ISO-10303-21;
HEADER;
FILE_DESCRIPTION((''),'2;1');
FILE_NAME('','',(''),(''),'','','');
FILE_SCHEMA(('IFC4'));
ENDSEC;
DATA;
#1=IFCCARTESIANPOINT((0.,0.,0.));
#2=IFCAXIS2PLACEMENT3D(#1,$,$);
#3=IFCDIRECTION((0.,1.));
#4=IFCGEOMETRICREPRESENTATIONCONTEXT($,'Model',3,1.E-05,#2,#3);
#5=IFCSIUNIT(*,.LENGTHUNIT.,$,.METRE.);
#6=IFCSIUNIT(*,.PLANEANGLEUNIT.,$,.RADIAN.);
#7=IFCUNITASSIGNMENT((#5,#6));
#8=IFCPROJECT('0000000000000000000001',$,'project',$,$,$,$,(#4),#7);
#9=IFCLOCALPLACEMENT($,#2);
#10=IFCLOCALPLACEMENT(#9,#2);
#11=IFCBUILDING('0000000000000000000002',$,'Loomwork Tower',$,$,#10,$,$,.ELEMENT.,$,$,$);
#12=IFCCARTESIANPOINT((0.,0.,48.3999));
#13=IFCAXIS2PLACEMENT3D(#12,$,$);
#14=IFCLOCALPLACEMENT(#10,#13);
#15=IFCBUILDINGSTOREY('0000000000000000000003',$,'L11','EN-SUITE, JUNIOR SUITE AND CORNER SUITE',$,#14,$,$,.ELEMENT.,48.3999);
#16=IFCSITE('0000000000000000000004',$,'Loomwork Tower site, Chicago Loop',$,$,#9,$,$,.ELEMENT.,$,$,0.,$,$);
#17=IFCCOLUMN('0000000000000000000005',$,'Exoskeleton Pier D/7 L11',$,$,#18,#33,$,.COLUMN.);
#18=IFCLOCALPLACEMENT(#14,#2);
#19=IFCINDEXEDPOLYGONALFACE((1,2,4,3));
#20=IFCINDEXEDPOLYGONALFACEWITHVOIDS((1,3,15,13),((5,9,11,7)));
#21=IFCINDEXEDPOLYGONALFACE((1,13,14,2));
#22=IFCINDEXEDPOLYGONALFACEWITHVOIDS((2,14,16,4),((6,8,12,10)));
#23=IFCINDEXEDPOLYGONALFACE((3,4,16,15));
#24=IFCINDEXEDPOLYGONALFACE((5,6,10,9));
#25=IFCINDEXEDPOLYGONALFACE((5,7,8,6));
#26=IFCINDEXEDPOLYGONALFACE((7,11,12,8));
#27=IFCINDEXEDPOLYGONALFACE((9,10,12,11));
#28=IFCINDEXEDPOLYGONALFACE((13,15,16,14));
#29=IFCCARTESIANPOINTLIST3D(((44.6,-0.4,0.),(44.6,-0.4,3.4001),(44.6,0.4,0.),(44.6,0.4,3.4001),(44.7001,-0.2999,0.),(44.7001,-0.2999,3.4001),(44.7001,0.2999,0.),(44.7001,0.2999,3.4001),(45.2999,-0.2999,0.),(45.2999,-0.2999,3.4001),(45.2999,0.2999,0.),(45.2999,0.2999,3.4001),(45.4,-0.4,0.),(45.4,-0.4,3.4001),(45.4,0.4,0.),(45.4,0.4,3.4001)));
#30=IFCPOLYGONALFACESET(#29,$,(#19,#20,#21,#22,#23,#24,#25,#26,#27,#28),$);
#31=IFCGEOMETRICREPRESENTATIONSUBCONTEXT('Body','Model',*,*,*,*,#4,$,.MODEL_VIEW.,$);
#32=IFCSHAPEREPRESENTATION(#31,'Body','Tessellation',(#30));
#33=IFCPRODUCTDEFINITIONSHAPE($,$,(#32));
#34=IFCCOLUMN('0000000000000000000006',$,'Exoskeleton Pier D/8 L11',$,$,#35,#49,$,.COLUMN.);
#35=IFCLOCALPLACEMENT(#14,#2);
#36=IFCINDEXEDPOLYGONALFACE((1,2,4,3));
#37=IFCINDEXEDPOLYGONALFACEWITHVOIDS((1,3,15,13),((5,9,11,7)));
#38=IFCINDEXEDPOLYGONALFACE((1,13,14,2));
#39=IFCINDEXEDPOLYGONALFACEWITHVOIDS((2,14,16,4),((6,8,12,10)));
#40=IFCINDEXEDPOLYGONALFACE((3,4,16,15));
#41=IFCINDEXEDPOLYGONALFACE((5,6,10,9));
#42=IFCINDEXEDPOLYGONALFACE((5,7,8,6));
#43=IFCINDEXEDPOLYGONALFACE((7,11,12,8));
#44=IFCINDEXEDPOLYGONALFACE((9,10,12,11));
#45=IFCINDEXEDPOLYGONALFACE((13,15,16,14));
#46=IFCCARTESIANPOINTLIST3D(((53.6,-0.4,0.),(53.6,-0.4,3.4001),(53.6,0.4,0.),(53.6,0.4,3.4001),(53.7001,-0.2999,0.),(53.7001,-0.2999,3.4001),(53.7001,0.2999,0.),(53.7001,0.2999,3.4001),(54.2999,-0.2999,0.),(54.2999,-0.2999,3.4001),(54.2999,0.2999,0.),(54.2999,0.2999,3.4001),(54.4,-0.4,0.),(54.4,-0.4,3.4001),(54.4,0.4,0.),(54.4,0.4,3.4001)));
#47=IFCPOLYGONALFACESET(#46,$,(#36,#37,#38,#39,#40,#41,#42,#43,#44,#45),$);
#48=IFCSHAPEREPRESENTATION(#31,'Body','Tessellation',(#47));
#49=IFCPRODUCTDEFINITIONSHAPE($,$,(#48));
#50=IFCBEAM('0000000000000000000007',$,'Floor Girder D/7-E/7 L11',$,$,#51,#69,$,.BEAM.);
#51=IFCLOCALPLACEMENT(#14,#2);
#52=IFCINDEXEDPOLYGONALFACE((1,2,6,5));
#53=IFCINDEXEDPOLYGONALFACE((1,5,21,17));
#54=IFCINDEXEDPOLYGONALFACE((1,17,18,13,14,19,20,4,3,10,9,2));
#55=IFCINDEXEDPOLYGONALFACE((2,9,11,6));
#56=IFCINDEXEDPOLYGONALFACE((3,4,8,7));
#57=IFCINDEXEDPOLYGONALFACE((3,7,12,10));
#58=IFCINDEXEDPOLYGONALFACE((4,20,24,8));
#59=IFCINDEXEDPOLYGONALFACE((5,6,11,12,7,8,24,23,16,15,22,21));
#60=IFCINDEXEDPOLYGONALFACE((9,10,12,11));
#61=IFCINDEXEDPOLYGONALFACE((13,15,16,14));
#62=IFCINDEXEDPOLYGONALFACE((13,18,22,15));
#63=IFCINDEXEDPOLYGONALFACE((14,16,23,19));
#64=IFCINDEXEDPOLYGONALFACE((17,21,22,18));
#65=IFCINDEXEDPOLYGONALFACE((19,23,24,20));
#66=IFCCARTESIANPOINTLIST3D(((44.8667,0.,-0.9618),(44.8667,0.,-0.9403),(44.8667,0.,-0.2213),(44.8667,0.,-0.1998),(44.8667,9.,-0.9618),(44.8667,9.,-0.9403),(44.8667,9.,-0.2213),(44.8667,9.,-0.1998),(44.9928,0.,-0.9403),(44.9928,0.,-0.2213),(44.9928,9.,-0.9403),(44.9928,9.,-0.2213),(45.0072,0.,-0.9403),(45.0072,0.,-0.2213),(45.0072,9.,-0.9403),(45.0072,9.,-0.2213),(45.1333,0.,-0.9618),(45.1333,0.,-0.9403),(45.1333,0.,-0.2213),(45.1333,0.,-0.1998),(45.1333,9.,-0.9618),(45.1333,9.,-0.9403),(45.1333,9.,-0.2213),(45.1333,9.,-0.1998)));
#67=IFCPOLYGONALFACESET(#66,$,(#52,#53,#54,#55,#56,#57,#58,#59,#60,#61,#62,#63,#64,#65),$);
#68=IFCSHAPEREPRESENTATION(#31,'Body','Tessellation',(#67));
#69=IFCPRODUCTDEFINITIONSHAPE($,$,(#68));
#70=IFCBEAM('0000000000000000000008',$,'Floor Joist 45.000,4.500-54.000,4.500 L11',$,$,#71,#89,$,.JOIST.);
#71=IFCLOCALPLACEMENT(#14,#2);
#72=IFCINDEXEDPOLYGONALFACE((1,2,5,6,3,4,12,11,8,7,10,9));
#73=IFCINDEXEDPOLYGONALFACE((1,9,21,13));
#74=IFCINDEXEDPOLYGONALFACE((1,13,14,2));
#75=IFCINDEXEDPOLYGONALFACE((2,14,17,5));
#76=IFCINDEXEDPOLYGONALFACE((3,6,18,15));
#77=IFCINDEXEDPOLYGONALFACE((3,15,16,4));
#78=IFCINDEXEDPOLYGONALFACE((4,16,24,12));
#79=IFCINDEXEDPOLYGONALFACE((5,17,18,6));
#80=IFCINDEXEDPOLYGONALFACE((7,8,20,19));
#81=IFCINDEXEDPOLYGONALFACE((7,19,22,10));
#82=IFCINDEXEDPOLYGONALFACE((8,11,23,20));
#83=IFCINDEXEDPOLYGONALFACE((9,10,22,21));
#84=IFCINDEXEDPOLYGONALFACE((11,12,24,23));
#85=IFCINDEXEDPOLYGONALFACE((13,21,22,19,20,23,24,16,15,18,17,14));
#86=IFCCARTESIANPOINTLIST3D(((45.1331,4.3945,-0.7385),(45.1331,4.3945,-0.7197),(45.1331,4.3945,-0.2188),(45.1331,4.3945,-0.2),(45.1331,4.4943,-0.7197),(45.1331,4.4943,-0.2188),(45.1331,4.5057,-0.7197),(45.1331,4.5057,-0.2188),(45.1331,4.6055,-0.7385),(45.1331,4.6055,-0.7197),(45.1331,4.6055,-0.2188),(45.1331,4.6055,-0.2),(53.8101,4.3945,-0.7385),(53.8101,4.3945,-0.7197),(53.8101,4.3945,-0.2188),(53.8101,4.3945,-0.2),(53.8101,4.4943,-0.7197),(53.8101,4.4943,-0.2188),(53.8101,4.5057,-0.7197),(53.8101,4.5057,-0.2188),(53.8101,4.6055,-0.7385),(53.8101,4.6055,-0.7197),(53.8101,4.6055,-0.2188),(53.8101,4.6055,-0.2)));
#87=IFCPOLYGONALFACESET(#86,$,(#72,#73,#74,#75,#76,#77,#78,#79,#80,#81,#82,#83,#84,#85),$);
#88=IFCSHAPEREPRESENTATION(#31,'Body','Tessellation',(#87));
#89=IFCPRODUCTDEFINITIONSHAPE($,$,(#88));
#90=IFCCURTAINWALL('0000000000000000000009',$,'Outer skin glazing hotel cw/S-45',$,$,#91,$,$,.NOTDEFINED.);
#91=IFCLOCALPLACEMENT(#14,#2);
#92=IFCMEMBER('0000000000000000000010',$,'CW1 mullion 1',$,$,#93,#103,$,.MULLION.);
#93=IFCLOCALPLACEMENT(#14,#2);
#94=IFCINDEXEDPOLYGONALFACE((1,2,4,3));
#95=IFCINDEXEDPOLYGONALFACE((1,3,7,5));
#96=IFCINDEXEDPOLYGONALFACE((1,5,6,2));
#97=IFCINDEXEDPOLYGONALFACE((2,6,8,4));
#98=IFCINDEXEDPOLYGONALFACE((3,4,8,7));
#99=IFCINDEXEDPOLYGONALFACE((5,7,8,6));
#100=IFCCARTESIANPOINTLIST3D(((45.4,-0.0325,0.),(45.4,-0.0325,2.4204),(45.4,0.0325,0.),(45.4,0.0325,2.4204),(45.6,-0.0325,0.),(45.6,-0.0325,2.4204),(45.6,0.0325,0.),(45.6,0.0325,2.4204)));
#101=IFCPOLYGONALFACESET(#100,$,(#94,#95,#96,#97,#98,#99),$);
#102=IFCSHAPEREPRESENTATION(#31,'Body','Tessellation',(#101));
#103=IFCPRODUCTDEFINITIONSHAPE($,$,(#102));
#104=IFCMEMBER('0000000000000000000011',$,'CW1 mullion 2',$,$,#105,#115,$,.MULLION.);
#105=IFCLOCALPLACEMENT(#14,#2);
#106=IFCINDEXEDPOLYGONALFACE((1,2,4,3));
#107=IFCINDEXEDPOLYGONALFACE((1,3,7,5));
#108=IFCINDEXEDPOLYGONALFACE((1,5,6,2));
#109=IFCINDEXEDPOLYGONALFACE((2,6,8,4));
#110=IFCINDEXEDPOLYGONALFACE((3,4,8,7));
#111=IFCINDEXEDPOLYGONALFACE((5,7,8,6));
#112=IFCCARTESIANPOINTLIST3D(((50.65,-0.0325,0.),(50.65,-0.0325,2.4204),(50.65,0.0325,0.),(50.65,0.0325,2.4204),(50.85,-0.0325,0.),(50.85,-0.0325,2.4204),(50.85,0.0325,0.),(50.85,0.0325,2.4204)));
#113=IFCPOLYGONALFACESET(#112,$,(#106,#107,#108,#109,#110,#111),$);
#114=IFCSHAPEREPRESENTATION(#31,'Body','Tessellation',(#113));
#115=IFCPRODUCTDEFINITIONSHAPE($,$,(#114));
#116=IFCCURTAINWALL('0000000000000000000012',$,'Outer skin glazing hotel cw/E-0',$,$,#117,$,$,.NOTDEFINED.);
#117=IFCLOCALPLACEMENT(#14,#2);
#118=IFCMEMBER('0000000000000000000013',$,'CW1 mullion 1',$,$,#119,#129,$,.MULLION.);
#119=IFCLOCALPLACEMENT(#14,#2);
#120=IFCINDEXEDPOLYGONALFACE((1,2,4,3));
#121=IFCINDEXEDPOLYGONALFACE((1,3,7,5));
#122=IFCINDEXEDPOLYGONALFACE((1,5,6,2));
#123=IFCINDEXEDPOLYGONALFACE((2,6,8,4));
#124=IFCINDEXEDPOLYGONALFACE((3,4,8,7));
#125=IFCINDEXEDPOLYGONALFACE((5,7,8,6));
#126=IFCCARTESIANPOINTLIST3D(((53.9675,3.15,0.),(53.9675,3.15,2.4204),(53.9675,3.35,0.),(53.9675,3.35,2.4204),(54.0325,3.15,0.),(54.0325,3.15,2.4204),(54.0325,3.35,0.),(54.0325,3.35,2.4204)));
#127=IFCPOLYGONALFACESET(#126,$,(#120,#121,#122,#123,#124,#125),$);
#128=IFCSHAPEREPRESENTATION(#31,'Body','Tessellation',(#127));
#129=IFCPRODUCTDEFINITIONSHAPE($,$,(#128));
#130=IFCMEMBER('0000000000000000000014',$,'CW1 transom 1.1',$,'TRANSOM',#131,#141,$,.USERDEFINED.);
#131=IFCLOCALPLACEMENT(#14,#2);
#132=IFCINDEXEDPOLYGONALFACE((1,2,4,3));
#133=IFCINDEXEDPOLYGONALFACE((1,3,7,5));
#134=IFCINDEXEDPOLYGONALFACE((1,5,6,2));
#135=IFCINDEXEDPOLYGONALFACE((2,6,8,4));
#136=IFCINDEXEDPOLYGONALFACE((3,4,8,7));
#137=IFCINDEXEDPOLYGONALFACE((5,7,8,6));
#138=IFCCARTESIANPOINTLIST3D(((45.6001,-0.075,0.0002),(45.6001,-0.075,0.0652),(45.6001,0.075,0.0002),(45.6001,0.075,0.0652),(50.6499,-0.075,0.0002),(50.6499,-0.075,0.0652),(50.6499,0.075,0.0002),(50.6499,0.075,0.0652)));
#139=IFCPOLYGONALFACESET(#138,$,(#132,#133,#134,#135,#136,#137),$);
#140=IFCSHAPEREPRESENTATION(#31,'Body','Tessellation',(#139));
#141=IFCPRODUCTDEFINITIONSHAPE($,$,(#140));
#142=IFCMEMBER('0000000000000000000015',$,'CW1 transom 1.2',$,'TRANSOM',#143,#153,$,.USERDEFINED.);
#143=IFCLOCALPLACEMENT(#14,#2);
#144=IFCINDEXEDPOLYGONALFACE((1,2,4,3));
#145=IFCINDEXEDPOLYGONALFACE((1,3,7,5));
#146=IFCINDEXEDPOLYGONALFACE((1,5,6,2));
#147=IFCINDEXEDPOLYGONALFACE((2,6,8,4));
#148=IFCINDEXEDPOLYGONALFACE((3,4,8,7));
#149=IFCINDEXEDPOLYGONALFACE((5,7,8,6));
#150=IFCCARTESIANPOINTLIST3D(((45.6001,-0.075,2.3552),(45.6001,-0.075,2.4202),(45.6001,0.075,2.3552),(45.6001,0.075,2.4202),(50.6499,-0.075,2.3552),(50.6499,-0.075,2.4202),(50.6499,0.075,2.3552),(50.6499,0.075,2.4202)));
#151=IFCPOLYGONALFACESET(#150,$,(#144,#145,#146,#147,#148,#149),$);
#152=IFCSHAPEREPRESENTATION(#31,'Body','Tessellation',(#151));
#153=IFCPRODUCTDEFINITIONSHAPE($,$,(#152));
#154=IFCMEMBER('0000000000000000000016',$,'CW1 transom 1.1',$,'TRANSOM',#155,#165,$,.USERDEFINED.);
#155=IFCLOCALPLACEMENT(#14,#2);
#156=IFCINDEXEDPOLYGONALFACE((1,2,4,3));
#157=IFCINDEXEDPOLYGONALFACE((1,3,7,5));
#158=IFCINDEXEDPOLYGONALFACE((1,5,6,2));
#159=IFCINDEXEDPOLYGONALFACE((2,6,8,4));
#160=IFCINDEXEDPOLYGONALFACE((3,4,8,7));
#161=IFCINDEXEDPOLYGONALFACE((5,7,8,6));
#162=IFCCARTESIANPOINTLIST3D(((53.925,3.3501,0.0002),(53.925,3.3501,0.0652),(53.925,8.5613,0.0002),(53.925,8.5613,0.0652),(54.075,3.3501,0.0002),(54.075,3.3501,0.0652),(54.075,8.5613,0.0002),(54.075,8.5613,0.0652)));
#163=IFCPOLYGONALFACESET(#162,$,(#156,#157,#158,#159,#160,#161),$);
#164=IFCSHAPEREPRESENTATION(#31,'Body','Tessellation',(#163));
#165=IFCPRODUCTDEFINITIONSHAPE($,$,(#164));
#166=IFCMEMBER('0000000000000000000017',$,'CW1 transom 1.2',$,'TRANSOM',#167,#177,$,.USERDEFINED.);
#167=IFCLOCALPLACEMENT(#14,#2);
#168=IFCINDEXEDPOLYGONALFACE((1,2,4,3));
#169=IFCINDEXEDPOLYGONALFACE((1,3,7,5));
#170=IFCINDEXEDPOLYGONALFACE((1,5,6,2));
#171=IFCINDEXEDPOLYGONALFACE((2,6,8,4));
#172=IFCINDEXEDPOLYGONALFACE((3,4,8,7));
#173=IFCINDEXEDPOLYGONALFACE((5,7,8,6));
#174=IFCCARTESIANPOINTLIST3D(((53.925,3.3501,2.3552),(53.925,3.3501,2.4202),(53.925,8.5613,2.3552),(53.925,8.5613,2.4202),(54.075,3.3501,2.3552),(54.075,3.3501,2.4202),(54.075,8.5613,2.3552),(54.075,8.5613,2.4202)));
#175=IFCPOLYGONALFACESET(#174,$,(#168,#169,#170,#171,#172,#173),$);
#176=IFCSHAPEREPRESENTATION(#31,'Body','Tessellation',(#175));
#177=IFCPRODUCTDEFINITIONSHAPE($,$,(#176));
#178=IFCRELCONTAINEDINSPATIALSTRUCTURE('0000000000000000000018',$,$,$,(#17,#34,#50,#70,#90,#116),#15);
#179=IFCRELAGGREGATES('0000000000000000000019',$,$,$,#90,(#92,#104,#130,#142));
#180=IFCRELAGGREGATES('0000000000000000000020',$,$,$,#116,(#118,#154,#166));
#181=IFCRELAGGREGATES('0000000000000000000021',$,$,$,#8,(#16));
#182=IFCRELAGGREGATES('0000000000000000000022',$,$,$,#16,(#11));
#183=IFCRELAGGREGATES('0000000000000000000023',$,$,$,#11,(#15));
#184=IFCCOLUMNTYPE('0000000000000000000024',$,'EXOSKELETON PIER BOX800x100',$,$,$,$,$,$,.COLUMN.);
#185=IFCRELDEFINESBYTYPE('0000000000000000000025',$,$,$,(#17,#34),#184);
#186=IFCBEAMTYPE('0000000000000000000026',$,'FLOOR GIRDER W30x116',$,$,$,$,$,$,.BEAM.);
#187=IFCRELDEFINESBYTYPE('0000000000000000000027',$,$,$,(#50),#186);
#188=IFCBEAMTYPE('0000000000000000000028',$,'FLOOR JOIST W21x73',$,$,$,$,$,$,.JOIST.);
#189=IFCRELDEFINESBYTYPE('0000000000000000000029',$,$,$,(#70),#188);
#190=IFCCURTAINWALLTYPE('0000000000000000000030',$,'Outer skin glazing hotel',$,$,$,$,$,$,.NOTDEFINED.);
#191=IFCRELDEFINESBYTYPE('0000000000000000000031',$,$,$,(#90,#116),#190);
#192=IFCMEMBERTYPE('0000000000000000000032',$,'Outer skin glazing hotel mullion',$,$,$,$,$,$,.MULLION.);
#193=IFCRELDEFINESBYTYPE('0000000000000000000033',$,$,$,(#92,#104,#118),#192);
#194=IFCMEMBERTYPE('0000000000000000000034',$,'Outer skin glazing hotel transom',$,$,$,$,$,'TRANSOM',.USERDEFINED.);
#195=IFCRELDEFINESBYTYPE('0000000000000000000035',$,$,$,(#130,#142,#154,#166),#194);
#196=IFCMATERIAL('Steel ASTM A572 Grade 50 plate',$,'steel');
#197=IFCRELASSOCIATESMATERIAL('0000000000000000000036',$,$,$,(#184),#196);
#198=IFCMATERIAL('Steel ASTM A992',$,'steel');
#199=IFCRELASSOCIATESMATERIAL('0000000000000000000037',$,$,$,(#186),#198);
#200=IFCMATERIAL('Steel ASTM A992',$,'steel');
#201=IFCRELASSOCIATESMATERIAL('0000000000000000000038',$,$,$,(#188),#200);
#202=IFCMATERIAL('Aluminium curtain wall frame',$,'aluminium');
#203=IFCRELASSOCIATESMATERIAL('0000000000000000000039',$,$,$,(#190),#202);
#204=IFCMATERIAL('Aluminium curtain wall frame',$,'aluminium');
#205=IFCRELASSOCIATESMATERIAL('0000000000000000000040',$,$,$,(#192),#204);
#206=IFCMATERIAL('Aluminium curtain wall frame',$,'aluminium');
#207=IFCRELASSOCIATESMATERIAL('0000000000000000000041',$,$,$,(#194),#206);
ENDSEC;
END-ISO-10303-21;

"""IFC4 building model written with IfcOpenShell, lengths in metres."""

from ifc_helpers import new_model, si_unit, direction, frame, origin, origin_2d, place, context, subcontext, project, spatial, rectangle, hollow_rectangle, i_section, extrude, material, material_profile, profile_set, type_object, element, aggregate, save


model = new_model("IFC4")

# Units and contexts
model_context = context("Model", 3, precision=1e-05, world=origin(), true_north=direction((0.0, 1.0)))
body_context = subcontext(model_context, "Body", "Model", "MODEL_VIEW")
ifc_project = project(units=[si_unit("LENGTHUNIT", "METRE"), si_unit("PLANEANGLEUNIT", "RADIAN")], contexts=[model_context])

# Site, building, storey
site_placement = place(None, origin())
site = spatial("IfcSite", under=ifc_project, at=site_placement, Name="Loomwork Tower site, Chicago Loop", CompositionType="ELEMENT", RefElevation=0.0)
building_placement = place(site_placement, origin())
building = spatial("IfcBuilding", under=site, at=building_placement, Name="Loomwork Tower", CompositionType="ELEMENT")
storey_placement = place(building_placement, frame((0.0, 0.0, 48.3999)))
storey = spatial("IfcBuildingStorey", under=building, at=storey_placement, Name="L11", Description="EN-SUITE, JUNIOR SUITE AND CORNER SUITE", CompositionType="ELEMENT", Elevation=48.3999)

# Columns
ifc_material_1 = material(Name="Steel ASTM A572 Grade 50 plate", Category="steel")
ifc_material_profile_1 = material_profile(ifc_material_1, hollow_rectangle(XDim=0.8, YDim=0.8, WallThickness=0.1001, at=origin_2d()), Name="BOX800x100")
ifc_profile_set_1 = profile_set([ifc_material_profile_1], Name="Steel ASTM A572 Grade 50 plate")
column_type = type_object("IfcColumnType", Name="EXOSKELETON PIER BOX800x100", PredefinedType="COLUMN", material=ifc_profile_set_1)
for number, where, z_axis, x_axis, name in (
    (1, (45.0, 0.0, 0.0), (0.0, 0.0, 1.0), (1.0, 0.0, 0.0), "Exoskeleton Pier D/7 L11"),
    (2, (54.0, 0.0, 0.0), (0.0, 0.0, 1.0), (1.0, 0.0, 0.0), "Exoskeleton Pier D/8 L11"),
):
    element("IfcColumn", number, at=place(storey_placement, frame(where, z_axis=z_axis, x_axis=x_axis)), inside=storey, type_object=column_type, Name=name, PredefinedType="COLUMN", context=body_context, shape_type="SweptSolid", body=[
        extrude(hollow_rectangle(XDim=0.8, YDim=0.8, WallThickness=0.1001, at=origin_2d()), origin(), (0.0, 0.0, 1.0), 3.4001),
    ])

# Beams
ifc_material_2 = material(Name="Steel ASTM A992", Category="steel")
ifc_material_profile_2 = material_profile(ifc_material_2, i_section(OverallWidth=0.2666, OverallDepth=0.762, WebThickness=0.0144, FlangeThickness=0.0215, at=origin_2d()), Name="W30x116")
ifc_profile_set_2 = profile_set([ifc_material_profile_2], Name="Steel ASTM A992")
beam_type_1 = type_object("IfcBeamType", Name="FLOOR GIRDER W30x116", PredefinedType="BEAM", material=ifc_profile_set_2)
beam_1_placement = place(storey_placement, frame((45.0, 0.0, -0.5808), z_axis=(0.0, 1.0, 0.0), x_axis=(-1.0, 0.0, 0.0)))
element("IfcBeam", 3, at=beam_1_placement, inside=storey, type_object=beam_type_1, Name="Floor Girder D/7-E/7 L11", PredefinedType="BEAM", context=body_context, shape_type="SweptSolid", body=[
    extrude(i_section(OverallWidth=0.2666, OverallDepth=0.762, WebThickness=0.0144, FlangeThickness=0.0215, at=origin_2d()), origin(), (0.0, 0.0, 1.0), 9.0),
])
ifc_material_3 = material(Name="Steel ASTM A992", Category="steel")
ifc_material_profile_3 = material_profile(ifc_material_3, i_section(OverallWidth=0.2109, OverallDepth=0.5386, WebThickness=0.0115, FlangeThickness=0.0188, at=origin_2d()), Name="W21x73")
ifc_profile_set_3 = profile_set([ifc_material_profile_3], Name="Steel ASTM A992")
beam_type_2 = type_object("IfcBeamType", Name="FLOOR JOIST W21x73", PredefinedType="JOIST", material=ifc_profile_set_3)
beam_2_placement = place(storey_placement, frame((45.1331, 4.5, -0.4692), z_axis=(1.0, 0.0, 0.0), x_axis=(0.0, 1.0, 0.0)))
element("IfcBeam", 4, at=beam_2_placement, inside=storey, type_object=beam_type_2, Name="Floor Joist 45.000,4.500-54.000,4.500 L11", PredefinedType="JOIST", context=body_context, shape_type="SweptSolid", body=[
    extrude(i_section(OverallWidth=0.2109, OverallDepth=0.5386, WebThickness=0.0115, FlangeThickness=0.0188, at=origin_2d()), origin(), (0.0, 0.0, 1.0), 8.677),
])

# Curtain wall, members
ifc_material_4 = material(Name="Aluminium curtain wall frame", Category="aluminium")
curtain_wall_type = type_object("IfcCurtainWallType", Name="Outer skin glazing hotel", PredefinedType="NOTDEFINED", material=ifc_material_4)
curtain_wall_1_placement = place(storey_placement, origin())
curtain_wall_1 = element("IfcCurtainWall", 5, at=curtain_wall_1_placement, inside=storey, type_object=curtain_wall_type, Name="Outer skin glazing hotel cw/S-45", PredefinedType="NOTDEFINED")
ifc_material_5 = material(Name="Aluminium curtain wall frame", Category="aluminium")
ifc_material_profile_4 = material_profile(ifc_material_5, rectangle(XDim=0.0649, YDim=0.2, at=origin_2d()), Name="AL 65x200")
ifc_profile_set_4 = profile_set([ifc_material_profile_4], Name="Aluminium curtain wall frame")
member_type_1 = type_object("IfcMemberType", Name="Outer skin glazing hotel mullion", PredefinedType="MULLION", material=ifc_profile_set_4)
member_1_placement = place(storey_placement, frame((45.5, 0.0, 0.0), z_axis=(0.0, 0.0, 1.0), x_axis=(0.0, 1.0, 0.0)))
member_1 = element("IfcMember", 6, at=member_1_placement, type_object=member_type_1, Name="CW1 mullion 1", PredefinedType="MULLION", context=body_context, shape_type="SweptSolid", body=[
    extrude(rectangle(XDim=0.0649, YDim=0.2, at=origin_2d()), origin(), (0.0, 0.0, 1.0), 2.4204),
])
member_2_placement = place(storey_placement, frame((50.75, 0.0, 0.0), z_axis=(0.0, 0.0, 1.0), x_axis=(0.0, 1.0, 0.0)))
member_2 = element("IfcMember", 7, at=member_2_placement, type_object=member_type_1, Name="CW1 mullion 2", PredefinedType="MULLION", context=body_context, shape_type="SweptSolid", body=[
    extrude(rectangle(XDim=0.0649, YDim=0.2, at=origin_2d()), origin(), (0.0, 0.0, 1.0), 2.4204),
])

# Curtain wall, member
curtain_wall_2_placement = place(storey_placement, origin())
curtain_wall_2 = element("IfcCurtainWall", 8, at=curtain_wall_2_placement, inside=storey, type_object=curtain_wall_type, Name="Outer skin glazing hotel cw/E-0", PredefinedType="NOTDEFINED")
member_3_placement = place(storey_placement, frame((54.0, 3.25, 0.0), z_axis=(0.0, 0.0, 1.0), x_axis=(-1.0, 0.0, 0.0)))
member_3 = element("IfcMember", 9, at=member_3_placement, type_object=member_type_1, Name="CW1 mullion 1", PredefinedType="MULLION", context=body_context, shape_type="SweptSolid", body=[
    extrude(rectangle(XDim=0.0649, YDim=0.2, at=origin_2d()), origin(), (0.0, 0.0, 1.0), 2.4204),
])

# Members
ifc_material_6 = material(Name="Aluminium curtain wall frame", Category="aluminium")
ifc_material_profile_5 = material_profile(ifc_material_6, rectangle(XDim=0.1499, YDim=0.0649, at=origin_2d()), Name="AL 65x150")
ifc_profile_set_5 = profile_set([ifc_material_profile_5], Name="Aluminium curtain wall frame")
member_type_2 = type_object("IfcMemberType", Name="Outer skin glazing hotel transom", ElementType="TRANSOM", PredefinedType="USERDEFINED", material=ifc_profile_set_5)
member_4_placement = place(storey_placement, frame((45.6001, 0.0, 0.0327), z_axis=(1.0, 0.0, 0.0), x_axis=(0.0, 1.0, 0.0)))
member_4 = element("IfcMember", 10, at=member_4_placement, type_object=member_type_2, Name="CW1 transom 1.1", ObjectType="TRANSOM", PredefinedType="USERDEFINED", context=body_context, shape_type="SweptSolid", body=[
    extrude(rectangle(XDim=0.1499, YDim=0.0649, at=origin_2d()), origin(), (0.0, 0.0, 1.0), 5.0498),
])
member_5_placement = place(storey_placement, frame((45.6001, 0.0, 2.3877), z_axis=(1.0, 0.0, 0.0), x_axis=(0.0, 1.0, 0.0)))
member_5 = element("IfcMember", 11, at=member_5_placement, type_object=member_type_2, Name="CW1 transom 1.2", ObjectType="TRANSOM", PredefinedType="USERDEFINED", context=body_context, shape_type="SweptSolid", body=[
    extrude(rectangle(XDim=0.1499, YDim=0.0649, at=origin_2d()), origin(), (0.0, 0.0, 1.0), 5.0498),
])
member_6_placement = place(storey_placement, frame((54.0, 3.3501, 0.0327), z_axis=(0.0, 1.0, 0.0), x_axis=(-1.0, 0.0, 0.0)))
member_6 = element("IfcMember", 12, at=member_6_placement, type_object=member_type_2, Name="CW1 transom 1.1", ObjectType="TRANSOM", PredefinedType="USERDEFINED", context=body_context, shape_type="SweptSolid", body=[
    extrude(rectangle(XDim=0.1499, YDim=0.0649, at=origin_2d()), origin(), (0.0, 0.0, 1.0), 5.2112),
])
member_7_placement = place(storey_placement, frame((54.0, 3.3501, 2.3877), z_axis=(0.0, 1.0, 0.0), x_axis=(-1.0, 0.0, 0.0)))
member_7 = element("IfcMember", 13, at=member_7_placement, type_object=member_type_2, Name="CW1 transom 1.2", ObjectType="TRANSOM", PredefinedType="USERDEFINED", context=body_context, shape_type="SweptSolid", body=[
    extrude(rectangle(XDim=0.1499, YDim=0.0649, at=origin_2d()), origin(), (0.0, 0.0, 1.0), 5.2112),
])

aggregate(curtain_wall_1, [member_1, member_2, member_4, member_5])
aggregate(curtain_wall_2, [member_3, member_6, member_7])

save(model, "model.ifc")
